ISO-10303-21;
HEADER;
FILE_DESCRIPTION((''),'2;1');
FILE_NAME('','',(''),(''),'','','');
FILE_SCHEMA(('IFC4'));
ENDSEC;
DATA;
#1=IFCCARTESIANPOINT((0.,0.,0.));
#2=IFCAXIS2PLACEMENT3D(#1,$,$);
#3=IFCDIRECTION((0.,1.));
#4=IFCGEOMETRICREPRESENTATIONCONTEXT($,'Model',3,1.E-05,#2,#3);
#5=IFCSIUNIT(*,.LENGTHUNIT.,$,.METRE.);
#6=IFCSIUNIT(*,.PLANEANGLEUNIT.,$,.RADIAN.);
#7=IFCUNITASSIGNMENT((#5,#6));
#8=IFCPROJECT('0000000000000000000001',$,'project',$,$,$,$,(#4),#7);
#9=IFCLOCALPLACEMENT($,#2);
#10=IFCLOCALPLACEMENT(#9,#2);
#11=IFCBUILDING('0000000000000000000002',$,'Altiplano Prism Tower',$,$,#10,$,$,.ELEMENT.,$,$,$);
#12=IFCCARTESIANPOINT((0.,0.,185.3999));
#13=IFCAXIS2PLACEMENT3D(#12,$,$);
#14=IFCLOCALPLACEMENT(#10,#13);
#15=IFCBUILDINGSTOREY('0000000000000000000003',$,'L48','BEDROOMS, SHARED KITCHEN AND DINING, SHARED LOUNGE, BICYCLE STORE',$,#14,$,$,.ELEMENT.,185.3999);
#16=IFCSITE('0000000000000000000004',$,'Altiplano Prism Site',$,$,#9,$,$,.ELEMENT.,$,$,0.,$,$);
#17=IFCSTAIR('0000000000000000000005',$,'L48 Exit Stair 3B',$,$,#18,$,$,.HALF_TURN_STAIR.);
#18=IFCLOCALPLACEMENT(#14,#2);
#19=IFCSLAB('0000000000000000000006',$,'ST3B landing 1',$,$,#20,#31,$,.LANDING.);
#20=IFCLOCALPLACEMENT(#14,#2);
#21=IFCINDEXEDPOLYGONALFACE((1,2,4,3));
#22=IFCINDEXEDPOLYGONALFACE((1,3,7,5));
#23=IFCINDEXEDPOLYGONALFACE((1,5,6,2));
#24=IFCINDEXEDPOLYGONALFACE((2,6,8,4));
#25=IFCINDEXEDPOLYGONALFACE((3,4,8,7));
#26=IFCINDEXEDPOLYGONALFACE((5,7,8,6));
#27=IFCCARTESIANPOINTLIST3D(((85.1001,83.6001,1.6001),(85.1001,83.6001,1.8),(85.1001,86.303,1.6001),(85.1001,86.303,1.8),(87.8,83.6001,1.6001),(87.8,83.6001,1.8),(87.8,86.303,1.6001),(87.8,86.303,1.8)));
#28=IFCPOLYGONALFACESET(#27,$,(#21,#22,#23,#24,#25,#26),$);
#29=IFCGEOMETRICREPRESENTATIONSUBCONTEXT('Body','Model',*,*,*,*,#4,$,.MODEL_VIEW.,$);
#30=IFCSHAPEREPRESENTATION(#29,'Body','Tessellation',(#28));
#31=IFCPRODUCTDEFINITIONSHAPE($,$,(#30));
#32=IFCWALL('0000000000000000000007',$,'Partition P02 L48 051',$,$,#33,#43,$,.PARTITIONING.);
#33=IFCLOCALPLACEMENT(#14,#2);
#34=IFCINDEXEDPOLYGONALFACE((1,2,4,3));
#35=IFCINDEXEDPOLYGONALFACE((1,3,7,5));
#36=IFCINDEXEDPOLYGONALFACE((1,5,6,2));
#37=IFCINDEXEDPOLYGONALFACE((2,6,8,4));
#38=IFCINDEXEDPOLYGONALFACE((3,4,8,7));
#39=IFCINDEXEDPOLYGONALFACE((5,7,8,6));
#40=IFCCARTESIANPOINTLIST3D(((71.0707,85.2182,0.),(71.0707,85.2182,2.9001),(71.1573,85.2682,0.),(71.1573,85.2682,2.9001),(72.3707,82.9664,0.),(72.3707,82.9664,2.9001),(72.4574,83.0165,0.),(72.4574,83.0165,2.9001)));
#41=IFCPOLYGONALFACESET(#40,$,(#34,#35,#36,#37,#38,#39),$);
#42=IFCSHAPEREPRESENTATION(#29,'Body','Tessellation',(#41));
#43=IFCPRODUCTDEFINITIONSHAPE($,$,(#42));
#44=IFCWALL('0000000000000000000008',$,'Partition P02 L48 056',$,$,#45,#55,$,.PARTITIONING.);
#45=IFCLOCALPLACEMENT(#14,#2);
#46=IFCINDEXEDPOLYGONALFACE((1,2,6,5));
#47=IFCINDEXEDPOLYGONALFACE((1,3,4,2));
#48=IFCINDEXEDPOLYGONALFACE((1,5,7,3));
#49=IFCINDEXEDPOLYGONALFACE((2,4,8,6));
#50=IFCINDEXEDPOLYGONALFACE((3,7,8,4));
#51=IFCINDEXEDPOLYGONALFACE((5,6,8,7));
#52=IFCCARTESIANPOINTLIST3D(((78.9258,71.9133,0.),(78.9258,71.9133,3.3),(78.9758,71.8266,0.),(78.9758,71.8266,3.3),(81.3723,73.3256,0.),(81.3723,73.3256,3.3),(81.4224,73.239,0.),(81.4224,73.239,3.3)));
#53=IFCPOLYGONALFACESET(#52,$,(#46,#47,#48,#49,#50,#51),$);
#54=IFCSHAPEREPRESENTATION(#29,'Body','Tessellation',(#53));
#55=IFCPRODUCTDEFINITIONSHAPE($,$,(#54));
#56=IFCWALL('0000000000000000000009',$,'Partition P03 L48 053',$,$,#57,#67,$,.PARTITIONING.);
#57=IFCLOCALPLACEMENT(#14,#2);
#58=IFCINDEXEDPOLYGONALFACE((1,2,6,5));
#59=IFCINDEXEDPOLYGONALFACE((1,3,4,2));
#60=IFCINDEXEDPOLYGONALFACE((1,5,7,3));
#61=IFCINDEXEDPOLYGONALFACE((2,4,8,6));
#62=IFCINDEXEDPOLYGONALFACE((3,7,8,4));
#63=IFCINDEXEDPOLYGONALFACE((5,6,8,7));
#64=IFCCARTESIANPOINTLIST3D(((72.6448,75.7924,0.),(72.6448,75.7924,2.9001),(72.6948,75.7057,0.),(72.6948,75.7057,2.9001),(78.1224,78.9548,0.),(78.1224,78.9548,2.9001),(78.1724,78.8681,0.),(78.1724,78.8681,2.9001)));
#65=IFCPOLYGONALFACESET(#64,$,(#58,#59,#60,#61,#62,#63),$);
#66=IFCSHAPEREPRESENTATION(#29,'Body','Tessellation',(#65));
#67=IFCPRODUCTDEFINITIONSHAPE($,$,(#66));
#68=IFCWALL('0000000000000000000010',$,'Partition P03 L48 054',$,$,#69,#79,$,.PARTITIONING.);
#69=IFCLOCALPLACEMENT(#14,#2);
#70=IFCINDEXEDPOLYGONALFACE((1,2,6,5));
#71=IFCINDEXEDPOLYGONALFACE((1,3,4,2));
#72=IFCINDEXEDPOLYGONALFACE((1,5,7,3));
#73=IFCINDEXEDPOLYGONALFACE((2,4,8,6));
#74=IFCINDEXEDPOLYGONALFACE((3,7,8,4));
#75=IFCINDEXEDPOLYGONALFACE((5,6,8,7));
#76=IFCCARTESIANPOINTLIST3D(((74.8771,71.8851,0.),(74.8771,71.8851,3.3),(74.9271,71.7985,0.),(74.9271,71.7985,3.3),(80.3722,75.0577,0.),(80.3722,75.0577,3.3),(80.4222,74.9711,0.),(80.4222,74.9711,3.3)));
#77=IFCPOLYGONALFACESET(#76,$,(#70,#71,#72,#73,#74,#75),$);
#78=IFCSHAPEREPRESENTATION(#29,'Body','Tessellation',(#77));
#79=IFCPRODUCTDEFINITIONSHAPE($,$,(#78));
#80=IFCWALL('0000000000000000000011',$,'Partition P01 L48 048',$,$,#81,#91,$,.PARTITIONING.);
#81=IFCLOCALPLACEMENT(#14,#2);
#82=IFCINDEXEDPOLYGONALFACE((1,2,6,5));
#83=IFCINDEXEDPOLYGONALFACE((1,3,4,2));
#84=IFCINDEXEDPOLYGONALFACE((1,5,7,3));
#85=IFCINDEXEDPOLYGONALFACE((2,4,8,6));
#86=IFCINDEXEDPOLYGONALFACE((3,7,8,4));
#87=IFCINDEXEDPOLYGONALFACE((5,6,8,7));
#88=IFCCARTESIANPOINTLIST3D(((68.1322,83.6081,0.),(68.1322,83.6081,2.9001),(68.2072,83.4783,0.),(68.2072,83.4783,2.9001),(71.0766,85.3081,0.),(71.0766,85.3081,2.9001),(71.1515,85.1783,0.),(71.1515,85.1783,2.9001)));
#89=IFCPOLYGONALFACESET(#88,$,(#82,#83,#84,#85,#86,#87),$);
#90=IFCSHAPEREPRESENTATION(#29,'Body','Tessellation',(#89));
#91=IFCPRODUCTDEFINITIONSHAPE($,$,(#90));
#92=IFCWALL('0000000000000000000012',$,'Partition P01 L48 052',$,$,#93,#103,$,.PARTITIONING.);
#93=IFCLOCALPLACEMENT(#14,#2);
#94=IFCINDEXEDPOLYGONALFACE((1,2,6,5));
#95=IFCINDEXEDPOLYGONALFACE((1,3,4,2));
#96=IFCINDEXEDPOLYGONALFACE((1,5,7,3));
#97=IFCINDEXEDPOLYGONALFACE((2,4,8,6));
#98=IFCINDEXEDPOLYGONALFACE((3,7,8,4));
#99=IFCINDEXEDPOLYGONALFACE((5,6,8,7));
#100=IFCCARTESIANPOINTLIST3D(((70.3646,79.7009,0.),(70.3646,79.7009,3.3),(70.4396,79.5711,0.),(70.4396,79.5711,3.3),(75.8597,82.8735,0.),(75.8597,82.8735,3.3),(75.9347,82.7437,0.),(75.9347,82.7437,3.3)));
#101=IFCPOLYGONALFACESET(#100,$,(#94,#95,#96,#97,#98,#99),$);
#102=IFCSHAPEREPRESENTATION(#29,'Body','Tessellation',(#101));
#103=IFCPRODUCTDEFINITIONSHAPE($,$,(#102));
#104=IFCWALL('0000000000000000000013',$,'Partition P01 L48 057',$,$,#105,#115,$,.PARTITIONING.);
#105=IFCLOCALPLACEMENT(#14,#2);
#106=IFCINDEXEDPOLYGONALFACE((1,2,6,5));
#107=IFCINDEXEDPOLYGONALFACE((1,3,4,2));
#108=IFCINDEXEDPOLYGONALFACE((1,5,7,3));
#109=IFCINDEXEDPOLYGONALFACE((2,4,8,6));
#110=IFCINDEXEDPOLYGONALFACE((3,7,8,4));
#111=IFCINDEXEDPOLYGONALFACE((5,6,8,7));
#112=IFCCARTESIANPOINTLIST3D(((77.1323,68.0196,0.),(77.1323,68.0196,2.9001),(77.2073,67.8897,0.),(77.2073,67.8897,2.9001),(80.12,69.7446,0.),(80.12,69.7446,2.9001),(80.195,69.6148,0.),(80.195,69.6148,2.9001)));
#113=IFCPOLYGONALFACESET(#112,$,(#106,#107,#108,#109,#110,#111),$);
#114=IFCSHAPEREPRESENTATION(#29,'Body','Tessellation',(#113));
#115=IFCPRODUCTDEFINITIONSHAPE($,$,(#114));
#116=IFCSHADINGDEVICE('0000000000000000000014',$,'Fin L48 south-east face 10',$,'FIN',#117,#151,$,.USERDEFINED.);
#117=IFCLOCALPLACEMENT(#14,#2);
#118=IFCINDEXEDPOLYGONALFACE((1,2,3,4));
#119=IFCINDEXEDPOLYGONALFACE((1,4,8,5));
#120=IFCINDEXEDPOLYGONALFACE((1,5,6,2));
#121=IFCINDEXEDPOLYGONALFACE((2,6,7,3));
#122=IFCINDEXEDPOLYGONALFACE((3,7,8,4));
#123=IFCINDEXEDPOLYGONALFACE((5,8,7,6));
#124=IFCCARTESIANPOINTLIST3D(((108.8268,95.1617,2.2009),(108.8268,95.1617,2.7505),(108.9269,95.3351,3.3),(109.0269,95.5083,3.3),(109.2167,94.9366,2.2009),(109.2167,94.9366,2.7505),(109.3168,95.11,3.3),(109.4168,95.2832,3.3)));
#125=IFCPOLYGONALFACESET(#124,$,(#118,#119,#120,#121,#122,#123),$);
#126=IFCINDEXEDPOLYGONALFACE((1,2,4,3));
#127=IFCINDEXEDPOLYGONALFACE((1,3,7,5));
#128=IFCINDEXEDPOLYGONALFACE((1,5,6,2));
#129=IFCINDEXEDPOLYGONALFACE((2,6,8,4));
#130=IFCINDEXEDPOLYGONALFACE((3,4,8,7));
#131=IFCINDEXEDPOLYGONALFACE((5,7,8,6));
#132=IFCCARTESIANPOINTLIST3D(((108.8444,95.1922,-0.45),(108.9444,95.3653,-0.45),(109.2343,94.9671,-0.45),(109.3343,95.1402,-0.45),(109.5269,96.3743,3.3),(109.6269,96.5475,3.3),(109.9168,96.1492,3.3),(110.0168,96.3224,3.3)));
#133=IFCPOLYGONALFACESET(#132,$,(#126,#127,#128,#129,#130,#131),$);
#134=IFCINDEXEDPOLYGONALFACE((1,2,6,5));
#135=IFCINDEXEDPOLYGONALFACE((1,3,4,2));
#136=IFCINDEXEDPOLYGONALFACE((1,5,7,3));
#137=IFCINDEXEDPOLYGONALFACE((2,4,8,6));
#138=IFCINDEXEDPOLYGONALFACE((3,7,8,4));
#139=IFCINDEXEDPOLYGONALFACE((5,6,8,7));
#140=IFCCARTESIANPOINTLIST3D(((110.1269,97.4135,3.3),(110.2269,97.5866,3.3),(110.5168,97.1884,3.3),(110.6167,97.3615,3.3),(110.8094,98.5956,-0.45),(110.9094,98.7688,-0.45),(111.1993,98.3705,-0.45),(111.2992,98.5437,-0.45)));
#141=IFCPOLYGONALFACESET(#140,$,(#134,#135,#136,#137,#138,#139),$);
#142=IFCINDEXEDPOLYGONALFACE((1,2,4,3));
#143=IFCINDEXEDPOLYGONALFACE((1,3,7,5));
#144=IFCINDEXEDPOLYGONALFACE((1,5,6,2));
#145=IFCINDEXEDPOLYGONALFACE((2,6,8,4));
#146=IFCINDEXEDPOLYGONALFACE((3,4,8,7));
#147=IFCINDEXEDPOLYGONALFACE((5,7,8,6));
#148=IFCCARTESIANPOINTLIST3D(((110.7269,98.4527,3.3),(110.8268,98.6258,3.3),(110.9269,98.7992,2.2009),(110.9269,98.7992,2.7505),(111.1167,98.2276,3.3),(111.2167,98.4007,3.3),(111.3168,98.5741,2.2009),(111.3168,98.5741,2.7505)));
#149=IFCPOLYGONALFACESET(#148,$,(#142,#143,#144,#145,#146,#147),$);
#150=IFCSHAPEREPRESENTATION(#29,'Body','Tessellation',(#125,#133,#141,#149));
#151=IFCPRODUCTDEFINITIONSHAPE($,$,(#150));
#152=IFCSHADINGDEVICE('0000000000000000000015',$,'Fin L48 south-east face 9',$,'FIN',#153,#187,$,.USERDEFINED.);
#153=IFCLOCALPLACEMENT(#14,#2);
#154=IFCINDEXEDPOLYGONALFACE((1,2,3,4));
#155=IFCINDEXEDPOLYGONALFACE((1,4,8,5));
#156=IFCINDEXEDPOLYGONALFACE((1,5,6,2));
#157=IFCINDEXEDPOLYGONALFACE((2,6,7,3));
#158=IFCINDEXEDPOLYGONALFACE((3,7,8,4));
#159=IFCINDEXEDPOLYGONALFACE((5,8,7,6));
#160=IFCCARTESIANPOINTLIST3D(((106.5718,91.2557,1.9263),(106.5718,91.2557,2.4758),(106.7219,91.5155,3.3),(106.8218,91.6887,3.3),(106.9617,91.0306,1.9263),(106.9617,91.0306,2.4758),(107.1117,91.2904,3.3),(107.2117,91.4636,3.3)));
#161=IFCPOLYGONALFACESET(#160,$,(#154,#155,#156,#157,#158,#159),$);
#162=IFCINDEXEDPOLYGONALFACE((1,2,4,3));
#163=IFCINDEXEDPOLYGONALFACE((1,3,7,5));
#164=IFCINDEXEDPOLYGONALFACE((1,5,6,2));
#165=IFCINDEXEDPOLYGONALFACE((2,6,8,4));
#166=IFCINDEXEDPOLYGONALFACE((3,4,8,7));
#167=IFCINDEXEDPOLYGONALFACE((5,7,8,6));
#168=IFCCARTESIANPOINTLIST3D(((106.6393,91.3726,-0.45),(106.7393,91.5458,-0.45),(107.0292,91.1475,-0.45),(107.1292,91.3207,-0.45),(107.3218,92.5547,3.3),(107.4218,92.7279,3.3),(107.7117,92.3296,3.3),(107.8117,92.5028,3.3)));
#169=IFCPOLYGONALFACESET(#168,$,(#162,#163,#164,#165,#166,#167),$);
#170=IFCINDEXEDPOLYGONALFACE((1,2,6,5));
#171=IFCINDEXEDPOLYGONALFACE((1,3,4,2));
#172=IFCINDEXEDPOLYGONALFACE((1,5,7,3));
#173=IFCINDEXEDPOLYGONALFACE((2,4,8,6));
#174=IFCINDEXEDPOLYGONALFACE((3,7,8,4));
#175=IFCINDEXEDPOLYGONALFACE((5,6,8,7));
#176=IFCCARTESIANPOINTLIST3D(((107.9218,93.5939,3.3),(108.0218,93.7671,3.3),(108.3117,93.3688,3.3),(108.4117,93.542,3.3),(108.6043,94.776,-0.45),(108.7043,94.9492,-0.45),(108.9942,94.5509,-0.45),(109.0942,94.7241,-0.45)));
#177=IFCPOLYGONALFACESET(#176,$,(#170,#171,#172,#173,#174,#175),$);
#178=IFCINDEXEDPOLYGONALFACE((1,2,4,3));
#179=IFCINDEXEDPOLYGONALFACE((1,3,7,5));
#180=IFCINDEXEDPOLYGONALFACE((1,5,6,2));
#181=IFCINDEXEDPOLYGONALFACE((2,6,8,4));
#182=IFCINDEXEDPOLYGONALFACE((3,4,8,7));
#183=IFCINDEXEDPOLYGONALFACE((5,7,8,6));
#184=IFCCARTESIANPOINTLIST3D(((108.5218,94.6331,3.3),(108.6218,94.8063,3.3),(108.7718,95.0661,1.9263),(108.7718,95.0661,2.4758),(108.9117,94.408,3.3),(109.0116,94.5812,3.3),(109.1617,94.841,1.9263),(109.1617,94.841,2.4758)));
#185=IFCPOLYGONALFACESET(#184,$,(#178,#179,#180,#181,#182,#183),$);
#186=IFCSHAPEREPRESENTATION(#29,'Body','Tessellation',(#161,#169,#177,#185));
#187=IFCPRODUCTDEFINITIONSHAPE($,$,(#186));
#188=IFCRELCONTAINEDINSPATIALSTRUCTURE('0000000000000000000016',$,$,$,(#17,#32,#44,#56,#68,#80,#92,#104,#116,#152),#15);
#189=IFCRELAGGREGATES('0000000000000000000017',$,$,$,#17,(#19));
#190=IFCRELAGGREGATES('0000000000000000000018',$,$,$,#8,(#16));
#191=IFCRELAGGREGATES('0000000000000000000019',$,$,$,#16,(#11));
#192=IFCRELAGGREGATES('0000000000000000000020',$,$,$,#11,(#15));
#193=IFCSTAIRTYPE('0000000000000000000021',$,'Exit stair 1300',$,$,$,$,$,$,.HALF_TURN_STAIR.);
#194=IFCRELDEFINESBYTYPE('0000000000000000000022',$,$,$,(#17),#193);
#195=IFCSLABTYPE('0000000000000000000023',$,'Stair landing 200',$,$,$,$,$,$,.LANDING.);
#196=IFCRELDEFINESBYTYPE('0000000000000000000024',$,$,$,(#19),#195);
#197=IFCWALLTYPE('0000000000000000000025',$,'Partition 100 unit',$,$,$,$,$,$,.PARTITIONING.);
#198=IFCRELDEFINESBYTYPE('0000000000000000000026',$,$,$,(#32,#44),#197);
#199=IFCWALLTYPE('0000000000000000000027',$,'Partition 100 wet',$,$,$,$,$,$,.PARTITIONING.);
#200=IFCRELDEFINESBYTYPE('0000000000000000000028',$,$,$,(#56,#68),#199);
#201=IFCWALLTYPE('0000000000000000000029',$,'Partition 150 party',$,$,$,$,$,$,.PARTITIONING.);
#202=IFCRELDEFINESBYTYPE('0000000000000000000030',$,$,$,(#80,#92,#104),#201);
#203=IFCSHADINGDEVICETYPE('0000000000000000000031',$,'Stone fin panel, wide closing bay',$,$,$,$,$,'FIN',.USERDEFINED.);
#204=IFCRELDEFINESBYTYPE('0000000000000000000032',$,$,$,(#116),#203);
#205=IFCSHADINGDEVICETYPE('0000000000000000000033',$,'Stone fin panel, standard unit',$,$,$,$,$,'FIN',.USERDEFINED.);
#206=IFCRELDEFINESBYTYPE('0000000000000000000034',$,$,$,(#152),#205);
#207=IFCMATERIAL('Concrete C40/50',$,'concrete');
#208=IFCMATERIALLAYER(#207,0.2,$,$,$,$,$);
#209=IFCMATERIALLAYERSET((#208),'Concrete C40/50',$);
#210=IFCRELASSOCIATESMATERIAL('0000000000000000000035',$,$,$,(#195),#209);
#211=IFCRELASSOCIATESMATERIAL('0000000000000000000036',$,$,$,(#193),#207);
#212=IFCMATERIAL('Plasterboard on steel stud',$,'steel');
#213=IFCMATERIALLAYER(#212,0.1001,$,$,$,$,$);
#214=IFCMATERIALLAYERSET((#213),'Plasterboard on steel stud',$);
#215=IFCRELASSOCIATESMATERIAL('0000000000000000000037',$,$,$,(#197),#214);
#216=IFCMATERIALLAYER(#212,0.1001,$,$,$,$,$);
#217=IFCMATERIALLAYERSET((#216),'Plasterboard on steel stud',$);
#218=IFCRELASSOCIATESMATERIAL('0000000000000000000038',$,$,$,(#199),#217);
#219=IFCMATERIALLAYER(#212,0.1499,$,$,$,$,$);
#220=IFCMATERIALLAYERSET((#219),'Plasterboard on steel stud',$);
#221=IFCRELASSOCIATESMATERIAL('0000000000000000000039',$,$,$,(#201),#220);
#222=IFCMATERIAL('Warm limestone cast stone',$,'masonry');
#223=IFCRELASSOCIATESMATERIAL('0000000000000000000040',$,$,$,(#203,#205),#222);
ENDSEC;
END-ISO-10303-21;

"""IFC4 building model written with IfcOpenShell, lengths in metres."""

from ifc_helpers import new_model, si_unit, direction, frame, frame_2d, origin, place, context, subcontext, project, spatial, polyline, rectangle, outline, extrude, source, transform, mapped, material, layer, layer_set, type_object, element, aggregate, save


model = new_model("IFC4")

# Units and contexts
model_context = context("Model", 3, precision=1e-05, world=origin(), true_north=direction((0.0, 1.0)))
body_context = subcontext(model_context, "Body", "Model", "MODEL_VIEW")
ifc_project = project(units=[si_unit("LENGTHUNIT", "METRE"), si_unit("PLANEANGLEUNIT", "RADIAN")], contexts=[model_context])

# Site, building, storey
site_placement = place(None, origin())
site = spatial("IfcSite", under=ifc_project, at=site_placement, Name="Altiplano Prism Site", CompositionType="ELEMENT", RefElevation=0.0)
building_placement = place(site_placement, origin())
building = spatial("IfcBuilding", under=site, at=building_placement, Name="Altiplano Prism Tower", CompositionType="ELEMENT")
storey_placement = place(building_placement, frame((0.0, 0.0, 185.3999)))
storey = spatial("IfcBuildingStorey", under=building, at=storey_placement, Name="L48", Description="BEDROOMS, SHARED KITCHEN AND DINING, SHARED LOUNGE, BICYCLE STORE", CompositionType="ELEMENT", Elevation=185.3999)

# Shared definitions
ifc_material_1 = material(Name="Concrete C40/50", Category="concrete")

# Stair, slab
ifc_layer_1 = layer(ifc_material_1, 0.2)
ifc_layer_set_1 = layer_set([ifc_layer_1], Name="Concrete C40/50")
slab_type_1 = type_object("IfcSlabType", Name="Stair landing 200", PredefinedType="LANDING", material=ifc_layer_set_1)
stair_type_1 = type_object("IfcStairType", Name="Exit stair 1300", PredefinedType="HALF_TURN_STAIR", material=ifc_material_1)
stair_1_placement = place(storey_placement, origin())
stair_1 = element("IfcStair", 1, at=stair_1_placement, inside=storey, type_object=stair_type_1, Name="L48 Exit Stair 3B", PredefinedType="HALF_TURN_STAIR")
slab_1_placement = place(storey_placement, frame((0.0, 0.0, 1.6001)))
slab_1 = element("IfcSlab", 2, at=slab_1_placement, type_object=slab_type_1, Name="ST3B landing 1", PredefinedType="LANDING", context=body_context, shape_type="SweptSolid", body=[
    extrude(outline(polyline([(85.1001, 86.303), (85.1001, 83.6001), (87.8, 83.6001), (87.8, 86.303), (85.1001, 86.303)])), origin(), (0.0, 0.0, 1.0), 0.2),
])
aggregate(stair_1, [slab_1])

# Walls
ifc_material_2 = material(Name="Plasterboard on steel stud", Category="steel")
ifc_layer_2 = layer(ifc_material_2, 0.1001)
ifc_layer_set_2 = layer_set([ifc_layer_2], Name="Plasterboard on steel stud")
wall_type_1 = type_object("IfcWallType", Name="Partition 100 unit", PredefinedType="PARTITIONING", material=ifc_layer_set_2)
wall_1_placement = place(storey_placement, frame((72.4141, 82.9915, 0.0), z_axis=(0.0, 0.0, 1.0), x_axis=(-0.500007, 0.866021, 0.0)))
element("IfcWall", 3, at=wall_1_placement, inside=storey, type_object=wall_type_1, Name="Partition P02 L48 051", PredefinedType="PARTITIONING", context=body_context, shape_type="SweptSolid", body=[
    extrude(rectangle(XDim=2.6001, YDim=0.1001, at=frame_2d((1.3, 0.0))), origin(), (0.0, 0.0, 1.0), 2.9001),
])
wall_2_placement = place(storey_placement, frame((78.9507, 71.8699, 0.0), z_axis=(0.0, 0.0, 1.0), x_axis=(0.866049, 0.499959, 0.0)))
element("IfcWall", 4, at=wall_2_placement, inside=storey, type_object=wall_type_1, Name="Partition P02 L48 056", PredefinedType="PARTITIONING", context=body_context, shape_type="SweptSolid", body=[
    extrude(rectangle(XDim=2.825, YDim=0.1001, at=frame_2d((1.4126, 0.0))), origin(), (0.0, 0.0, 1.0), 3.3),
])
ifc_layer_3 = layer(ifc_material_2, 0.1001)
ifc_layer_set_3 = layer_set([ifc_layer_3], Name="Plasterboard on steel stud")
wall_type_2 = type_object("IfcWallType", Name="Partition 100 wet", PredefinedType="PARTITIONING", material=ifc_layer_set_3)
wall_3_placement = place(storey_placement, frame((72.6697, 75.749, 0.0), z_axis=(0.0, 0.0, 1.0), x_axis=(0.866033, 0.499988, 0.0)))
element("IfcWall", 5, at=wall_3_placement, inside=storey, type_object=wall_type_2, Name="Partition P03 L48 053", PredefinedType="PARTITIONING", context=body_context, shape_type="SweptSolid", body=[
    extrude(rectangle(XDim=6.325, YDim=0.1001, at=frame_2d((3.1626, 0.0))), origin(), (0.0, 0.0, 1.0), 2.9001),
])
wall_4_placement = place(storey_placement, frame((74.9021, 71.8418, 0.0), z_axis=(0.0, 0.0, 1.0), x_axis=(0.866025, 0.5, 0.0)))
element("IfcWall", 6, at=wall_4_placement, inside=storey, type_object=wall_type_2, Name="Partition P03 L48 054", PredefinedType="PARTITIONING", context=body_context, shape_type="SweptSolid", body=[
    extrude(rectangle(XDim=6.3452, YDim=0.1001, at=frame_2d((3.1726, 0.0))), origin(), (0.0, 0.0, 1.0), 3.3),
])
ifc_layer_4 = layer(ifc_material_2, 0.1499)
ifc_layer_set_4 = layer_set([ifc_layer_4], Name="Plasterboard on steel stud")
wall_type_3 = type_object("IfcWallType", Name="Partition 150 party", PredefinedType="PARTITIONING", material=ifc_layer_set_4)
wall_5_placement = place(storey_placement, frame((68.1697, 83.5432, 0.0), z_axis=(0.0, 0.0, 1.0), x_axis=(0.866021, 0.500008, 0.0)))
element("IfcWall", 7, at=wall_5_placement, inside=storey, type_object=wall_type_3, Name="Partition P01 L48 048", PredefinedType="PARTITIONING", context=body_context, shape_type="SweptSolid", body=[
    extrude(rectangle(XDim=3.3999, YDim=0.1499, at=frame_2d((1.7, 0.0))), origin(), (0.0, 0.0, 1.0), 2.9001),
])
wall_6_placement = place(storey_placement, frame((70.4021, 79.636, 0.0), z_axis=(0.0, 0.0, 1.0), x_axis=(0.866025, 0.5, 0.0)))
element("IfcWall", 8, at=wall_6_placement, inside=storey, type_object=wall_type_3, Name="Partition P01 L48 052", PredefinedType="PARTITIONING", context=body_context, shape_type="SweptSolid", body=[
    extrude(rectangle(XDim=6.3452, YDim=0.1499, at=frame_2d((3.1726, 0.0))), origin(), (0.0, 0.0, 1.0), 3.3),
])
wall_7_placement = place(storey_placement, frame((77.1697, 67.9546, 0.0), z_axis=(0.0, 0.0, 1.0), x_axis=(0.866014, 0.500021, 0.0)))
element("IfcWall", 9, at=wall_7_placement, inside=storey, type_object=wall_type_3, Name="Partition P01 L48 057", PredefinedType="PARTITIONING", context=body_context, shape_type="SweptSolid", body=[
    extrude(rectangle(XDim=3.45, YDim=0.1499, at=frame_2d((1.7251, 0.0))), origin(), (0.0, 0.0, 1.0), 2.9001),
])

# Shading devices
ifc_material_3 = material(Name="Warm limestone cast stone", Category="masonry")
shading_device_type_1 = type_object("IfcShadingDeviceType", Name="Stone fin panel, wide closing bay", ElementType="FIN", PredefinedType="USERDEFINED", material=ifc_material_3)
shared_shape_1 = source(origin(), body_context, "Body", "SweptSolid", [
    extrude(outline(polyline([(-2.1001, 2.6509), (-1.7, 3.75), (-1.8999, 3.75), (-2.1001, 3.2004), (-2.1001, 2.6509)])), frame((0.0, -0.1499, 0.0), z_axis=(0.0, -1.0, 0.0), x_axis=(1.0, 0.0, 0.0)), (0.0, 0.0, 1.0), 0.4502),
    extrude(outline(polyline([(-2.0649, 0.0), (-1.865, 0.0), (-0.5, 3.75), (-0.7, 3.75), (-2.0649, 0.0)])), frame((0.0, -0.1499, 0.0), z_axis=(0.0, -1.0, 0.0), x_axis=(1.0, 0.0, 0.0)), (0.0, 0.0, 1.0), 0.4502),
    extrude(outline(polyline([(1.865, 0.0), (2.0649, 0.0), (0.7, 3.75), (0.5, 3.75), (1.865, 0.0)])), frame((0.0, -0.1499, 0.0), z_axis=(0.0, -1.0, 0.0), x_axis=(1.0, 0.0, 0.0)), (0.0, 0.0, 1.0), 0.4502),
    extrude(outline(polyline([(2.1001, 3.2004), (1.8999, 3.75), (1.7, 3.75), (2.1001, 2.6509), (2.1001, 3.2004)])), frame((0.0, -0.1499, 0.0), z_axis=(0.0, -1.0, 0.0), x_axis=(1.0, 0.0, 0.0)), (0.0, 0.0, 1.0), 0.4502),
])
shading_device_1_placement = place(storey_placement, origin())
element("IfcShadingDevice", 10, at=shading_device_1_placement, inside=storey, type_object=shading_device_type_1, Name="Fin L48 south-east face 10", ObjectType="FIN", PredefinedType="USERDEFINED", context=body_context, shape_type="MappedRepresentation", body=[
    mapped(shared_shape_1, transform((109.7471, 97.0554, -0.45), x_axis=(0.5, 0.866025, 0.0), y_axis=(-0.866025, 0.5, 0.0), z_axis=(0.0, 0.0, 1.0))),
])
shading_device_type_2 = type_object("IfcShadingDeviceType", Name="Stone fin panel, standard unit", ElementType="FIN", PredefinedType="USERDEFINED", material=ifc_material_3)
shared_shape_2 = source(origin(), body_context, "Body", "SweptSolid", [
    extrude(outline(polyline([(-2.2, 2.3762), (-1.7, 3.75), (-1.8999, 3.75), (-2.2, 2.9258), (-2.2, 2.3762)])), frame((0.0, -0.1499, 0.0), z_axis=(0.0, -1.0, 0.0), x_axis=(1.0, 0.0, 0.0)), (0.0, 0.0, 1.0), 0.4502),
    extrude(outline(polyline([(-2.0649, 0.0), (-1.865, 0.0), (-0.5, 3.75), (-0.7, 3.75), (-2.0649, 0.0)])), frame((0.0, -0.1499, 0.0), z_axis=(0.0, -1.0, 0.0), x_axis=(1.0, 0.0, 0.0)), (0.0, 0.0, 1.0), 0.4502),
    extrude(outline(polyline([(1.865, 0.0), (2.0649, 0.0), (0.7, 3.75), (0.5, 3.75), (1.865, 0.0)])), frame((0.0, -0.1499, 0.0), z_axis=(0.0, -1.0, 0.0), x_axis=(1.0, 0.0, 0.0)), (0.0, 0.0, 1.0), 0.4502),
    extrude(outline(polyline([(2.2, 2.9258), (1.8999, 3.75), (1.7, 3.75), (2.2, 2.3762), (2.2, 2.9258)])), frame((0.0, -0.1499, 0.0), z_axis=(0.0, -1.0, 0.0), x_axis=(1.0, 0.0, 0.0)), (0.0, 0.0, 1.0), 0.4502),
])
shading_device_2_placement = place(storey_placement, origin())
element("IfcShadingDevice", 11, at=shading_device_2_placement, inside=storey, type_object=shading_device_type_2, Name="Fin L48 south-east face 9", ObjectType="FIN", PredefinedType="USERDEFINED", context=body_context, shape_type="MappedRepresentation", body=[
    mapped(shared_shape_2, transform((107.542, 93.2358, -0.45), x_axis=(0.5, 0.866025, 0.0), y_axis=(-0.866025, 0.5, 0.0), z_axis=(0.0, 0.0, 1.0))),
])

save(model, "model.ifc")
